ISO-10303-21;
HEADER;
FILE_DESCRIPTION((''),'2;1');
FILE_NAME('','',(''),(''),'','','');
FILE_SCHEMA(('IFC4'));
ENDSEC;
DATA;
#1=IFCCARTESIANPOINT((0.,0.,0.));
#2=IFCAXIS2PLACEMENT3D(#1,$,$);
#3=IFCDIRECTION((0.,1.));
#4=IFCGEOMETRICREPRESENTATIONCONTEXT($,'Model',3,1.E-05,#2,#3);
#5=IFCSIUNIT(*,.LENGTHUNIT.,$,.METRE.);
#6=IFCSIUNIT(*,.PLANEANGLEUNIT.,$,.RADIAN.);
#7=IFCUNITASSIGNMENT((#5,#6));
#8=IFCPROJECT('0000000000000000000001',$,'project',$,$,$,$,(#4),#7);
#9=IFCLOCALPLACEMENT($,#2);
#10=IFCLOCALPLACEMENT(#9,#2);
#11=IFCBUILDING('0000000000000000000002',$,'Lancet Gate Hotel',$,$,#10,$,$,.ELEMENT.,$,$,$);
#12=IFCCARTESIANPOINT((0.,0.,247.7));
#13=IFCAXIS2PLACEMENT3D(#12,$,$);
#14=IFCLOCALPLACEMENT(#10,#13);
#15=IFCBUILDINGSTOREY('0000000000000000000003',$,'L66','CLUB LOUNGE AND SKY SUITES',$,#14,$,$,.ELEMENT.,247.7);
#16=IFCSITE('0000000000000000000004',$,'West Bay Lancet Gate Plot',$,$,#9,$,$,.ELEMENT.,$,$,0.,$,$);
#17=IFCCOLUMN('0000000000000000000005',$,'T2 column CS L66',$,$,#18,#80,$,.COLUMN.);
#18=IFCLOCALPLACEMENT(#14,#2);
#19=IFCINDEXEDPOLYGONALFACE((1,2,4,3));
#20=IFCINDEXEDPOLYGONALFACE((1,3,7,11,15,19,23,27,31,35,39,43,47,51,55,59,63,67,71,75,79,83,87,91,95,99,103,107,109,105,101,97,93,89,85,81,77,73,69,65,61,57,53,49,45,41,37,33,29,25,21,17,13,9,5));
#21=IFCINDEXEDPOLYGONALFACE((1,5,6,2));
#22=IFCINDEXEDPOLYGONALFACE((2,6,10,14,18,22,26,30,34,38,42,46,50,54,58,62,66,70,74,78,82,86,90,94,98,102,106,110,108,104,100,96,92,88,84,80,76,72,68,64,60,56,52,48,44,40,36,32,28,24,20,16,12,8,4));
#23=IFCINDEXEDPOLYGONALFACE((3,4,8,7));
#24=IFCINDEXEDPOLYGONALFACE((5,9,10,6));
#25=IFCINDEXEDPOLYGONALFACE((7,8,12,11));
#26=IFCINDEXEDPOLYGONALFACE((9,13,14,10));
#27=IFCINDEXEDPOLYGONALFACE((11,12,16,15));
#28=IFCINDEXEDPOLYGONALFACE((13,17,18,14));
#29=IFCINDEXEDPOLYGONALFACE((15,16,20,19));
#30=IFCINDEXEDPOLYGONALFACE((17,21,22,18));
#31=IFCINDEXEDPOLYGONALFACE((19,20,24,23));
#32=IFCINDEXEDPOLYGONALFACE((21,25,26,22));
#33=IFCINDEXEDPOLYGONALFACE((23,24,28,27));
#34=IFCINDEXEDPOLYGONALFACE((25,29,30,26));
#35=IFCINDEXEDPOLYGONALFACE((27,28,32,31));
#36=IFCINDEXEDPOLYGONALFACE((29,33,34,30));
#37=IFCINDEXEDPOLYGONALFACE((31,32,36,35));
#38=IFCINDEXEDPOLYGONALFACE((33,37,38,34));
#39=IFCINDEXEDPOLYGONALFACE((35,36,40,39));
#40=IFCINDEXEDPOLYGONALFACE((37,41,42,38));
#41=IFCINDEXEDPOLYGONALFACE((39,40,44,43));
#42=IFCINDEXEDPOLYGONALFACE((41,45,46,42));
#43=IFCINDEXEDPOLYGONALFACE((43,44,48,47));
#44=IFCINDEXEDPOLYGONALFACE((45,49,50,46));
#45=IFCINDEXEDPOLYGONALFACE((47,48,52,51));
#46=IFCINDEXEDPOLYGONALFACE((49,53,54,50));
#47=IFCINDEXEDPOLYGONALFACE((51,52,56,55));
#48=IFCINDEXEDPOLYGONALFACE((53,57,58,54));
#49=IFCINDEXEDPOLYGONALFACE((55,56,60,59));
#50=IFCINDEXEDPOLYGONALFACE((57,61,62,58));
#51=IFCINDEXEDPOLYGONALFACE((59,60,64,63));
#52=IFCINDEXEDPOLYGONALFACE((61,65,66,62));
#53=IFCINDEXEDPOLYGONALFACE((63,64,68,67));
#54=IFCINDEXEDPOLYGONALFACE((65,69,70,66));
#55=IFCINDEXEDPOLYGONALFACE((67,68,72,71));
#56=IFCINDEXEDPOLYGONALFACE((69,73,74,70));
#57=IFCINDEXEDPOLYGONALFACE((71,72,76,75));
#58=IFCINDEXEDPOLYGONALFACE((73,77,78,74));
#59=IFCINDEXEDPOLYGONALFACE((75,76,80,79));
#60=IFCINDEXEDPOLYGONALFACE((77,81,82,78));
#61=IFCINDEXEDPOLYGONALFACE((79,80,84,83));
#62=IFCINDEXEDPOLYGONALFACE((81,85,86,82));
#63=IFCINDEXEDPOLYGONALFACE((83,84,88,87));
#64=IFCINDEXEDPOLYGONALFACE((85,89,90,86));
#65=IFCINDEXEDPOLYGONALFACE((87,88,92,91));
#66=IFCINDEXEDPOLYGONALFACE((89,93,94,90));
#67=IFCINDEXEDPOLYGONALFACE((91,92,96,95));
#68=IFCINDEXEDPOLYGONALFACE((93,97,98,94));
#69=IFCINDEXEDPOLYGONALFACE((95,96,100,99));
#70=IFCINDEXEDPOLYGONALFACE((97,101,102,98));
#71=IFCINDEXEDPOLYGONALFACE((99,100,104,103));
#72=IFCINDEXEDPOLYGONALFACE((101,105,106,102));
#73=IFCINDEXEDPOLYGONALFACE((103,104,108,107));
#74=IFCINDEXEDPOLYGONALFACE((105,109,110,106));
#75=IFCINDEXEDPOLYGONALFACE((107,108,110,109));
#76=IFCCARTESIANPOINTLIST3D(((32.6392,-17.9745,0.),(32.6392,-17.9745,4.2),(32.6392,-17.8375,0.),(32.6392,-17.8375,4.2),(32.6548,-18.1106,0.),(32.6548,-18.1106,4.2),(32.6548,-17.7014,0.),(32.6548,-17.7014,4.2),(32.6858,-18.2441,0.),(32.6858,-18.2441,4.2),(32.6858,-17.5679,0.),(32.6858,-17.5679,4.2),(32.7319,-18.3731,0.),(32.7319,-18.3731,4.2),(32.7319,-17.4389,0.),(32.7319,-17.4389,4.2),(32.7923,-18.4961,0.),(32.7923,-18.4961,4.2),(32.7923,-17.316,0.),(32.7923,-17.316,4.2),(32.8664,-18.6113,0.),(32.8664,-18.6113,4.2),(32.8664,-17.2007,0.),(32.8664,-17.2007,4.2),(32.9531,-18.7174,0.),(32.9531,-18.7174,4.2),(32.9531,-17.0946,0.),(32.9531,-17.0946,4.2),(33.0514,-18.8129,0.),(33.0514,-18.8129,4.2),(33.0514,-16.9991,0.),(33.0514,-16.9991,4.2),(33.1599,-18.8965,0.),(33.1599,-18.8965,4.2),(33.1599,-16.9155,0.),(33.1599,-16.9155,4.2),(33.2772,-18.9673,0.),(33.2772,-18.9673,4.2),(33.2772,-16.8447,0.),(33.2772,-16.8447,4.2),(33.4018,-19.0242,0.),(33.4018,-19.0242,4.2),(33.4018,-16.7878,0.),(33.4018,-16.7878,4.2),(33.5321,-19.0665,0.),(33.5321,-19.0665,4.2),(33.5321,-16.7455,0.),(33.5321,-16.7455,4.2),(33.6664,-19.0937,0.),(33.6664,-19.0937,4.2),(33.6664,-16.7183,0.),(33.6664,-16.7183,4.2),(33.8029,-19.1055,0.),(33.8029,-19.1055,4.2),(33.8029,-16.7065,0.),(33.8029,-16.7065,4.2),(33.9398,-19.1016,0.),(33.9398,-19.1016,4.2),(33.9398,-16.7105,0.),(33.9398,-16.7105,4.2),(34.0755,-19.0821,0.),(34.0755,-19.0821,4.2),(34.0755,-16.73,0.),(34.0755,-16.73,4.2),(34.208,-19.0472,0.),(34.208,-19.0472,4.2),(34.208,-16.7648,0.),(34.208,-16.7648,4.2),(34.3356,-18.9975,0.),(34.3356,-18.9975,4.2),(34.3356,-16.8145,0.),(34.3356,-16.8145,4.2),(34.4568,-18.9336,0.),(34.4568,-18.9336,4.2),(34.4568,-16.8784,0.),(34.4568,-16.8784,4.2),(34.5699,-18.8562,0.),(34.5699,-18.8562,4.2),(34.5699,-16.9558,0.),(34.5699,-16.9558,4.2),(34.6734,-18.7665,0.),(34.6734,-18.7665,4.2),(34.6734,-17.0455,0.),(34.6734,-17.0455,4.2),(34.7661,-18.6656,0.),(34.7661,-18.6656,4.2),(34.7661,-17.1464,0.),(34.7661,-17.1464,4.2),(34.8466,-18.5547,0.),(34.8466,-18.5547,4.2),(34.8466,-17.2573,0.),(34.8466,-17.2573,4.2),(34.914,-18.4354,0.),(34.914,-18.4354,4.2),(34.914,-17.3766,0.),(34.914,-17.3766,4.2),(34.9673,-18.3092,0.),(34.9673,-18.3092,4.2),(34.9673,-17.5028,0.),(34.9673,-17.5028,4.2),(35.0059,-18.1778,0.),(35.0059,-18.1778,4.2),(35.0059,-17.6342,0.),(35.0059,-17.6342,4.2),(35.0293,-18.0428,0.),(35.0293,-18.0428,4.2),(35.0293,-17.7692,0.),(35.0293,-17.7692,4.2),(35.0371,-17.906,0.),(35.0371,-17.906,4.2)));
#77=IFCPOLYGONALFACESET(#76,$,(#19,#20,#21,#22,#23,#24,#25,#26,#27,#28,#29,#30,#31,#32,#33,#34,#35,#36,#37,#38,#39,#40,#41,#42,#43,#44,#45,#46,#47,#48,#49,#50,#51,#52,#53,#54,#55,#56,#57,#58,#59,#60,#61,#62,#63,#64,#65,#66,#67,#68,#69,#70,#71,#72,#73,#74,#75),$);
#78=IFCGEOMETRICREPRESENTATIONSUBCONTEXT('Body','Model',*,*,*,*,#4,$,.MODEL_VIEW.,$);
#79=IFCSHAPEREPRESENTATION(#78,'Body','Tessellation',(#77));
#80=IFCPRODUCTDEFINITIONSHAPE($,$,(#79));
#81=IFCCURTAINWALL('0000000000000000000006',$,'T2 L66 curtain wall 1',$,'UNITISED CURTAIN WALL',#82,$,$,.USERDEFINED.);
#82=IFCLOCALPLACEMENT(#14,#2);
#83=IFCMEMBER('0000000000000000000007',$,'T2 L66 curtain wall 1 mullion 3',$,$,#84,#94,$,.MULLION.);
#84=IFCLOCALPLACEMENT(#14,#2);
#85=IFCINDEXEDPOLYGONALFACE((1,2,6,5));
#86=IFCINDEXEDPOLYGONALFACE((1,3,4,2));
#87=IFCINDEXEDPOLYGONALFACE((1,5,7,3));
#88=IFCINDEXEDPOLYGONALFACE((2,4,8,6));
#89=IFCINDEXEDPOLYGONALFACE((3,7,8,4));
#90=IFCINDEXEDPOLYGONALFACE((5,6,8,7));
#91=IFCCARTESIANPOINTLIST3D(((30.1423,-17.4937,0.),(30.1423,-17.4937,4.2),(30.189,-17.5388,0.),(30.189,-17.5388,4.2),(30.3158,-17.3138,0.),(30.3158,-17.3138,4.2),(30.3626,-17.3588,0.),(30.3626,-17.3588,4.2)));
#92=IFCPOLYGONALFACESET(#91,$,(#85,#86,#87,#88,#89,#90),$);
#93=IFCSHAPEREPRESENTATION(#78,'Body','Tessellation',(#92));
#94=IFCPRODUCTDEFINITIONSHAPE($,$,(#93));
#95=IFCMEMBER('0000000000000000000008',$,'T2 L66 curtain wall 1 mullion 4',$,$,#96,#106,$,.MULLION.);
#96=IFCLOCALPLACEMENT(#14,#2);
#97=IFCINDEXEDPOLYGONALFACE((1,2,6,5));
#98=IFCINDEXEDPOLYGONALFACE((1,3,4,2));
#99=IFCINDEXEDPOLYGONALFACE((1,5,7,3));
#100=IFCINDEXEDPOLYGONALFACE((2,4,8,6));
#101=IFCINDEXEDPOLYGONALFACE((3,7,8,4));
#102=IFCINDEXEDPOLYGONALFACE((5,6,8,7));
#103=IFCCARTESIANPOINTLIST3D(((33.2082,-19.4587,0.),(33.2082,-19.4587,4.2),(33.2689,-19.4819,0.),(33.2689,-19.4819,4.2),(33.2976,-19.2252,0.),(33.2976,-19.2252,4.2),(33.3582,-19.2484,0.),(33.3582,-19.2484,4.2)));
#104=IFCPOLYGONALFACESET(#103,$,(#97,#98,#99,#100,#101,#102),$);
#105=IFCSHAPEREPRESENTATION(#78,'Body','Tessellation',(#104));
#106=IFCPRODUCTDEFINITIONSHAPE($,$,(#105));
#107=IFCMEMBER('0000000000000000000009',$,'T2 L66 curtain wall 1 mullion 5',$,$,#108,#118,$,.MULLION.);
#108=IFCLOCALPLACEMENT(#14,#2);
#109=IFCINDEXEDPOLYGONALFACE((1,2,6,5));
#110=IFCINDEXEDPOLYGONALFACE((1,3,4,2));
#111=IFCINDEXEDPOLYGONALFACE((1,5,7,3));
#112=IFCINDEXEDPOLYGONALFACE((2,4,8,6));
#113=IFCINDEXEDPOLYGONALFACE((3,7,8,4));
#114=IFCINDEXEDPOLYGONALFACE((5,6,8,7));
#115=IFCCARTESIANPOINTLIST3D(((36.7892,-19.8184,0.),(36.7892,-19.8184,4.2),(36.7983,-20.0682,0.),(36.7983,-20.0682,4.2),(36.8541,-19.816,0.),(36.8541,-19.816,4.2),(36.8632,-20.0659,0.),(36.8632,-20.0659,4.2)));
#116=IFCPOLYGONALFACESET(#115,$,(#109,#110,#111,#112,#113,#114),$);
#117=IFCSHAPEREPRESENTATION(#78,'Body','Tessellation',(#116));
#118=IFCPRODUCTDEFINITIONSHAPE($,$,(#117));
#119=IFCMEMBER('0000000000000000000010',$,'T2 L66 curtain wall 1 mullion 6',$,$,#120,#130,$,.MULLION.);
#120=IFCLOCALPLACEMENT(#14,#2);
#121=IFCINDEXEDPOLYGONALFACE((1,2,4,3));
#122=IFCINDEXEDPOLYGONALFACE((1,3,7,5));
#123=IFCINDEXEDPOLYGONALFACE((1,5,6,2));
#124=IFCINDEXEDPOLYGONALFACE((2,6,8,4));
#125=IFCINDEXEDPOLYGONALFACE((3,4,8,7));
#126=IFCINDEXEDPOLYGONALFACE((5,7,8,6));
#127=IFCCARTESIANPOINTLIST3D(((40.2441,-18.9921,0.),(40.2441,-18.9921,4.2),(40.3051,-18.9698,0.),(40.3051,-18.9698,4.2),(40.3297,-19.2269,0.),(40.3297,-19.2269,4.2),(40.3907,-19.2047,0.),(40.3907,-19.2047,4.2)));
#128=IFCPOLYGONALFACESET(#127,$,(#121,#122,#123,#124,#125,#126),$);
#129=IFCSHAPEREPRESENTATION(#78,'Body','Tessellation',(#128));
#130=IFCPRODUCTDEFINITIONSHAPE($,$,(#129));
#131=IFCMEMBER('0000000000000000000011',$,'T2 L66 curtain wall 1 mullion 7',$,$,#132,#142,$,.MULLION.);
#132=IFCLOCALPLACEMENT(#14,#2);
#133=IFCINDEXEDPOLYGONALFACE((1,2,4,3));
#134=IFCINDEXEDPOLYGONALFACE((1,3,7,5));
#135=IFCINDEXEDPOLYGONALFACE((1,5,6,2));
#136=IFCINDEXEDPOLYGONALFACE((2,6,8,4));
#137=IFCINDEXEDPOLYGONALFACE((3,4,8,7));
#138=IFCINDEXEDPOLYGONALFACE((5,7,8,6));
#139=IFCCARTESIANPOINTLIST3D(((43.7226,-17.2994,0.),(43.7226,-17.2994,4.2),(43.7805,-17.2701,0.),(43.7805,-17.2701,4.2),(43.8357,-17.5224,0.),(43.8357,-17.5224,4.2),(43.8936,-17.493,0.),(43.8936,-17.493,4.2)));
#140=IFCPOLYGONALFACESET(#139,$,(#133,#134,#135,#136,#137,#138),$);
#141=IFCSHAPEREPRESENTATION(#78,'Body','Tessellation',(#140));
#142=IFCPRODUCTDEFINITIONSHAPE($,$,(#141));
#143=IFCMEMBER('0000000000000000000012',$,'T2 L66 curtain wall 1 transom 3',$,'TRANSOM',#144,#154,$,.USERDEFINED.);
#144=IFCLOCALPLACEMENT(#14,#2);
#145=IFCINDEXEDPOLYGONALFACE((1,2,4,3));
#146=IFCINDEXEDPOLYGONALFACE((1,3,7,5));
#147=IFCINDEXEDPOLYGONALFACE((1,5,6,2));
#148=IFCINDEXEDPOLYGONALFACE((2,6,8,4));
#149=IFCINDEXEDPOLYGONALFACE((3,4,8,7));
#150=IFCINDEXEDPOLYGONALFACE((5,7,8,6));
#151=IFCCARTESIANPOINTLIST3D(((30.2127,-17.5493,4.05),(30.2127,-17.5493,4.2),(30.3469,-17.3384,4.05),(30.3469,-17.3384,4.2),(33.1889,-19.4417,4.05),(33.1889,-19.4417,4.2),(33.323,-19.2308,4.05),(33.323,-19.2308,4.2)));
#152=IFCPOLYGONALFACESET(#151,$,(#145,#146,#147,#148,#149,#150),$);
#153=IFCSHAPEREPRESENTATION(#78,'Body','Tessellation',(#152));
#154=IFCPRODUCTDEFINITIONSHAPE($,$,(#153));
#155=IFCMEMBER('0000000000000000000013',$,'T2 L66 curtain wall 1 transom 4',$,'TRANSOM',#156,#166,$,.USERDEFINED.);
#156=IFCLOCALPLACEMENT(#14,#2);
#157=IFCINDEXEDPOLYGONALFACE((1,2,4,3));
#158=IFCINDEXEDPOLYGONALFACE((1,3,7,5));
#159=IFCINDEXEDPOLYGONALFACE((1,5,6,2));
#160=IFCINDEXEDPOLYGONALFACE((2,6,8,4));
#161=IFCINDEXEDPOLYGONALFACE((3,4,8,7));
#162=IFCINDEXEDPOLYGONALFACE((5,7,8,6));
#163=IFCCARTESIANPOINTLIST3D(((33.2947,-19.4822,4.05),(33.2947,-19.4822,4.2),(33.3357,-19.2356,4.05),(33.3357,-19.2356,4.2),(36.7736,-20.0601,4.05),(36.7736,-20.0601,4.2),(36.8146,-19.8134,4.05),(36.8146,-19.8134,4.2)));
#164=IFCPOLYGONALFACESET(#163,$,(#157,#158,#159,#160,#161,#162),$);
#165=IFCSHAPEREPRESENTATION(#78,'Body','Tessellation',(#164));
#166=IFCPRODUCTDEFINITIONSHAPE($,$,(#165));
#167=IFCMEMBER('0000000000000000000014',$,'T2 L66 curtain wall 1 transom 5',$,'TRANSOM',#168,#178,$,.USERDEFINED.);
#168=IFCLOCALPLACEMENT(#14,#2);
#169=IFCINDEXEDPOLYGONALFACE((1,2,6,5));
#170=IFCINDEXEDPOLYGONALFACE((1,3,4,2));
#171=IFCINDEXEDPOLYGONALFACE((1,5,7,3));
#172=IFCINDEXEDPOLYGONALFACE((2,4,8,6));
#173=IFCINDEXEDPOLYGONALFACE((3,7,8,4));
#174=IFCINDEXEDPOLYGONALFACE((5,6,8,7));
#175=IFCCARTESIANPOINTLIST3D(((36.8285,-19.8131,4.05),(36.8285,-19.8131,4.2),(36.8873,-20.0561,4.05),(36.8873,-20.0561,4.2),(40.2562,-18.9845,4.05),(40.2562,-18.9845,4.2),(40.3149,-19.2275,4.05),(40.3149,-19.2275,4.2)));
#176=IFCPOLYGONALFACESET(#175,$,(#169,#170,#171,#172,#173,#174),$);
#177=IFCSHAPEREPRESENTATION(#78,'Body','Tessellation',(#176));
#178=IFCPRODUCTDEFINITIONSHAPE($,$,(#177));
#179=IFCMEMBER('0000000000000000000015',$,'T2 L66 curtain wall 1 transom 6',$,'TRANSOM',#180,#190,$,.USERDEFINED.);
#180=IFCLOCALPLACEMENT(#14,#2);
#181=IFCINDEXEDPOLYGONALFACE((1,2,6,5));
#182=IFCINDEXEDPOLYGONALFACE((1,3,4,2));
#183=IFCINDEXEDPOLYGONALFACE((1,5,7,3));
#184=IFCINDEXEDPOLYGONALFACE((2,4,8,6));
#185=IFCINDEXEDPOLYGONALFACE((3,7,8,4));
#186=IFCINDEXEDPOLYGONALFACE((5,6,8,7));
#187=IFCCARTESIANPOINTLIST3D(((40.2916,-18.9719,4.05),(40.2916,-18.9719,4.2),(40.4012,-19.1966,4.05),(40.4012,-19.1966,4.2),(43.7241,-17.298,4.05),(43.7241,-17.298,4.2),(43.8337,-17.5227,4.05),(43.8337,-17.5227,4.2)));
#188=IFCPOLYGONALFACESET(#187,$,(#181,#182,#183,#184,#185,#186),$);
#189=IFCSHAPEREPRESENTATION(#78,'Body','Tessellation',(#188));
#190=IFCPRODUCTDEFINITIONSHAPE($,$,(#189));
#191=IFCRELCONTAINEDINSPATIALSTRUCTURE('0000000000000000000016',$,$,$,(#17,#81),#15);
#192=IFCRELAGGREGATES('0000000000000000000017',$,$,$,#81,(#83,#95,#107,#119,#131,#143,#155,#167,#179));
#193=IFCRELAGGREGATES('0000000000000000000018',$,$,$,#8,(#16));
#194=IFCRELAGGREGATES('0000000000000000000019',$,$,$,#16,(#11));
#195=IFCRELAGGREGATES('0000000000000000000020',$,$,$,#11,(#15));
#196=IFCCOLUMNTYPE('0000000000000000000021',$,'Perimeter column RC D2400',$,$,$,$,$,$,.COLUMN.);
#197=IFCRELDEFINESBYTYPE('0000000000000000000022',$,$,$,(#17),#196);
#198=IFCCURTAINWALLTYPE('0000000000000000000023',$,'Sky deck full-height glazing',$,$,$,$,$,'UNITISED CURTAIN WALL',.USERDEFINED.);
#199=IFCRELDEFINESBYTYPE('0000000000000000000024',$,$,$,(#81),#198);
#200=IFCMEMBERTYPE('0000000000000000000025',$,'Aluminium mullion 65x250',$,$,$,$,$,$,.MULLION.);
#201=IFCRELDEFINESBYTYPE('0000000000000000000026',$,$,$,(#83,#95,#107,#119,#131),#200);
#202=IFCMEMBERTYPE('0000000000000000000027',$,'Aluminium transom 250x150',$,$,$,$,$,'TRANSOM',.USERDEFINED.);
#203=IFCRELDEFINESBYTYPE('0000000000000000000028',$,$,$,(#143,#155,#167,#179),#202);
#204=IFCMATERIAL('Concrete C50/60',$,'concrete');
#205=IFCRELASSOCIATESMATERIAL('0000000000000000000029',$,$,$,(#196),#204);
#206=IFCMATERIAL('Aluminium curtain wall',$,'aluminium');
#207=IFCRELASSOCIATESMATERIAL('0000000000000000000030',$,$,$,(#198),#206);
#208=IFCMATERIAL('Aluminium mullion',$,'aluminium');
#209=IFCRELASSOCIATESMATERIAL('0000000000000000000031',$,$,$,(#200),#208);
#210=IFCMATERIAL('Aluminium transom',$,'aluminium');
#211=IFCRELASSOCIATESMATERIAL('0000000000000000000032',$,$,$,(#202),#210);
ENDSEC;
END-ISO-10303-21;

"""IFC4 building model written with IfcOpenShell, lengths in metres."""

from ifc_helpers import new_model, si_unit, direction, frame, origin, origin_2d, place, context, subcontext, project, spatial, rectangle, circle, extrude, material, material_profile, profile_set, type_object, element, aggregate, save


model = new_model("IFC4")

# Units and contexts
model_context = context("Model", 3, precision=1e-05, world=origin(), true_north=direction((0.0, 1.0)))
body_context = subcontext(model_context, "Body", "Model", "MODEL_VIEW")
ifc_project = project(units=[si_unit("LENGTHUNIT", "METRE"), si_unit("PLANEANGLEUNIT", "RADIAN")], contexts=[model_context])

# Site, building, storey
site_placement = place(None, origin())
site = spatial("IfcSite", under=ifc_project, at=site_placement, Name="West Bay Lancet Gate Plot", CompositionType="ELEMENT", RefElevation=0.0)
building_placement = place(site_placement, origin())
building = spatial("IfcBuilding", under=site, at=building_placement, Name="Lancet Gate Hotel", CompositionType="ELEMENT")
storey_placement = place(building_placement, frame((0.0, 0.0, 247.7)))
storey = spatial("IfcBuildingStorey", under=building, at=storey_placement, Name="L66", Description="CLUB LOUNGE AND SKY SUITES", CompositionType="ELEMENT", Elevation=247.7)

# Column
ifc_material_1 = material(Name="Concrete C50/60", Category="concrete")
ifc_material_profile_1 = material_profile(ifc_material_1, circle(Radius=1.2, at=origin_2d()), Name="RC D2400")
ifc_profile_set_1 = profile_set([ifc_material_profile_1], Name="Concrete C50/60")
column_type = type_object("IfcColumnType", Name="Perimeter column RC D2400", PredefinedType="COLUMN", material=ifc_profile_set_1)
column_placement = place(storey_placement, frame((33.8372, -17.906, 0.0), z_axis=(0.0, 0.0, 1.0), x_axis=(1.0, 0.0, 0.0)))
element("IfcColumn", 1, at=column_placement, inside=storey, type_object=column_type, Name="T2 column CS L66", PredefinedType="COLUMN", context=body_context, shape_type="SweptSolid", body=[
    extrude(circle(Radius=1.2, at=origin_2d()), origin(), (0.0, 0.0, 1.0), 4.2),
])

# Curtain wall, members
ifc_material_2 = material(Name="Aluminium curtain wall", Category="aluminium")
curtain_wall_type = type_object("IfcCurtainWallType", Name="Sky deck full-height glazing", ElementType="UNITISED CURTAIN WALL", PredefinedType="USERDEFINED", material=ifc_material_2)
curtain_wall_placement = place(storey_placement, origin())
curtain_wall = element("IfcCurtainWall", 2, at=curtain_wall_placement, inside=storey, type_object=curtain_wall_type, Name="T2 L66 curtain wall 1", ObjectType="UNITISED CURTAIN WALL", PredefinedType="USERDEFINED")
ifc_material_3 = material(Name="Aluminium mullion", Category="aluminium")
ifc_material_profile_2 = material_profile(ifc_material_3, rectangle(XDim=0.0649, YDim=0.25, at=origin_2d()), Name="MULLION 65x250")
ifc_profile_set_2 = profile_set([ifc_material_profile_2], Name="Aluminium mullion")
member_type_1 = type_object("IfcMemberType", Name="Aluminium mullion 65x250", PredefinedType="MULLION", material=ifc_profile_set_2)
member_1_placement = place(storey_placement, frame((30.2524, -17.4263, 0.0), z_axis=(0.0, 0.0, 1.0), x_axis=(0.719809, -0.694172, 0.0)))
member_1 = element("IfcMember", 3, at=member_1_placement, type_object=member_type_1, Name="T2 L66 curtain wall 1 mullion 3", PredefinedType="MULLION", context=body_context, shape_type="SweptSolid", body=[
    extrude(rectangle(XDim=0.0649, YDim=0.25, at=origin_2d()), origin(), (0.0, 0.0, 1.0), 4.2),
])
member_2_placement = place(storey_placement, frame((33.2832, -19.3535, 0.0), z_axis=(0.0, 0.0, 1.0), x_axis=(0.933943, -0.357421, 0.0)))
member_2 = element("IfcMember", 4, at=member_2_placement, type_object=member_type_1, Name="T2 L66 curtain wall 1 mullion 4", PredefinedType="MULLION", context=body_context, shape_type="SweptSolid", body=[
    extrude(rectangle(XDim=0.0649, YDim=0.25, at=origin_2d()), origin(), (0.0, 0.0, 1.0), 4.2),
])
member_3_placement = place(storey_placement, frame((36.8262, -19.9421, 0.0), z_axis=(0.0, 0.0, 1.0), x_axis=(0.999343, 0.03625, 0.0)))
member_3 = element("IfcMember", 5, at=member_3_placement, type_object=member_type_1, Name="T2 L66 curtain wall 1 mullion 5", PredefinedType="MULLION", context=body_context, shape_type="SweptSolid", body=[
    extrude(rectangle(XDim=0.0649, YDim=0.25, at=origin_2d()), origin(), (0.0, 0.0, 1.0), 4.2),
])
member_4_placement = place(storey_placement, frame((40.3174, -19.0984, 0.0), z_axis=(0.0, 0.0, 1.0), x_axis=(0.939484, 0.342593, 0.0)))
member_4 = element("IfcMember", 6, at=member_4_placement, type_object=member_type_1, Name="T2 L66 curtain wall 1 mullion 6", PredefinedType="MULLION", context=body_context, shape_type="SweptSolid", body=[
    extrude(rectangle(XDim=0.0649, YDim=0.25, at=origin_2d()), origin(), (0.0, 0.0, 1.0), 4.2),
])
member_5_placement = place(storey_placement, frame((43.8081, -17.3962, 0.0), z_axis=(0.0, 0.0, 1.0), x_axis=(0.891833, 0.452365, 0.0)))
member_5 = element("IfcMember", 7, at=member_5_placement, type_object=member_type_1, Name="T2 L66 curtain wall 1 mullion 7", PredefinedType="MULLION", context=body_context, shape_type="SweptSolid", body=[
    extrude(rectangle(XDim=0.0649, YDim=0.25, at=origin_2d()), origin(), (0.0, 0.0, 1.0), 4.2),
])
ifc_material_4 = material(Name="Aluminium transom", Category="aluminium")
ifc_material_profile_3 = material_profile(ifc_material_4, rectangle(XDim=0.25, YDim=0.1499, at=origin_2d()), Name="TRANSOM 250x150")
ifc_profile_set_3 = profile_set([ifc_material_profile_3], Name="Aluminium transom")
member_type_2 = type_object("IfcMemberType", Name="Aluminium transom 250x150", ElementType="TRANSOM", PredefinedType="USERDEFINED", material=ifc_profile_set_3)
member_6_placement = place(storey_placement, frame((30.2798, -17.4438, 4.125), z_axis=(0.843858, -0.536566, 0.0), x_axis=(0.536566, 0.843858, 0.0)))
member_6 = element("IfcMember", 8, at=member_6_placement, type_object=member_type_2, Name="T2 L66 curtain wall 1 transom 3", ObjectType="TRANSOM", PredefinedType="USERDEFINED", context=body_context, shape_type="SweptSolid", body=[
    extrude(rectangle(XDim=0.25, YDim=0.1499, at=origin_2d()), origin(), (0.0, 0.0, 1.0), 3.5269),
])
member_7_placement = place(storey_placement, frame((33.3152, -19.3589, 4.125), z_axis=(0.986484, -0.16386, 0.0), x_axis=(0.16386, 0.986484, 0.0)))
member_7 = element("IfcMember", 9, at=member_7_placement, type_object=member_type_2, Name="T2 L66 curtain wall 1 transom 4", ObjectType="TRANSOM", PredefinedType="USERDEFINED", context=body_context, shape_type="SweptSolid", body=[
    extrude(rectangle(XDim=0.25, YDim=0.1499, at=origin_2d()), origin(), (0.0, 0.0, 1.0), 3.5266),
])
member_8_placement = place(storey_placement, frame((36.8579, -19.9346, 4.125), z_axis=(0.972003, 0.23497, 0.0), x_axis=(-0.23497, 0.972003, 0.0)))
member_8 = element("IfcMember", 10, at=member_8_placement, type_object=member_type_2, Name="T2 L66 curtain wall 1 transom 5", ObjectType="TRANSOM", PredefinedType="USERDEFINED", context=body_context, shape_type="SweptSolid", body=[
    extrude(rectangle(XDim=0.25, YDim=0.1499, at=origin_2d()), origin(), (0.0, 0.0, 1.0), 3.5264),
])
member_9_placement = place(storey_placement, frame((40.3464, -19.0842, 4.125), z_axis=(0.89882, 0.438318, 0.0), x_axis=(-0.438318, 0.89882, 0.0)))
member_9 = element("IfcMember", 11, at=member_9_placement, type_object=member_type_2, Name="T2 L66 curtain wall 1 transom 6", ObjectType="TRANSOM", PredefinedType="USERDEFINED", context=body_context, shape_type="SweptSolid", body=[
    extrude(rectangle(XDim=0.25, YDim=0.1499, at=origin_2d()), origin(), (0.0, 0.0, 1.0), 3.8188),
])

aggregate(curtain_wall, [member_1, member_2, member_3, member_4, member_5, member_6, member_7, member_8, member_9])

save(model, "model.ifc")
